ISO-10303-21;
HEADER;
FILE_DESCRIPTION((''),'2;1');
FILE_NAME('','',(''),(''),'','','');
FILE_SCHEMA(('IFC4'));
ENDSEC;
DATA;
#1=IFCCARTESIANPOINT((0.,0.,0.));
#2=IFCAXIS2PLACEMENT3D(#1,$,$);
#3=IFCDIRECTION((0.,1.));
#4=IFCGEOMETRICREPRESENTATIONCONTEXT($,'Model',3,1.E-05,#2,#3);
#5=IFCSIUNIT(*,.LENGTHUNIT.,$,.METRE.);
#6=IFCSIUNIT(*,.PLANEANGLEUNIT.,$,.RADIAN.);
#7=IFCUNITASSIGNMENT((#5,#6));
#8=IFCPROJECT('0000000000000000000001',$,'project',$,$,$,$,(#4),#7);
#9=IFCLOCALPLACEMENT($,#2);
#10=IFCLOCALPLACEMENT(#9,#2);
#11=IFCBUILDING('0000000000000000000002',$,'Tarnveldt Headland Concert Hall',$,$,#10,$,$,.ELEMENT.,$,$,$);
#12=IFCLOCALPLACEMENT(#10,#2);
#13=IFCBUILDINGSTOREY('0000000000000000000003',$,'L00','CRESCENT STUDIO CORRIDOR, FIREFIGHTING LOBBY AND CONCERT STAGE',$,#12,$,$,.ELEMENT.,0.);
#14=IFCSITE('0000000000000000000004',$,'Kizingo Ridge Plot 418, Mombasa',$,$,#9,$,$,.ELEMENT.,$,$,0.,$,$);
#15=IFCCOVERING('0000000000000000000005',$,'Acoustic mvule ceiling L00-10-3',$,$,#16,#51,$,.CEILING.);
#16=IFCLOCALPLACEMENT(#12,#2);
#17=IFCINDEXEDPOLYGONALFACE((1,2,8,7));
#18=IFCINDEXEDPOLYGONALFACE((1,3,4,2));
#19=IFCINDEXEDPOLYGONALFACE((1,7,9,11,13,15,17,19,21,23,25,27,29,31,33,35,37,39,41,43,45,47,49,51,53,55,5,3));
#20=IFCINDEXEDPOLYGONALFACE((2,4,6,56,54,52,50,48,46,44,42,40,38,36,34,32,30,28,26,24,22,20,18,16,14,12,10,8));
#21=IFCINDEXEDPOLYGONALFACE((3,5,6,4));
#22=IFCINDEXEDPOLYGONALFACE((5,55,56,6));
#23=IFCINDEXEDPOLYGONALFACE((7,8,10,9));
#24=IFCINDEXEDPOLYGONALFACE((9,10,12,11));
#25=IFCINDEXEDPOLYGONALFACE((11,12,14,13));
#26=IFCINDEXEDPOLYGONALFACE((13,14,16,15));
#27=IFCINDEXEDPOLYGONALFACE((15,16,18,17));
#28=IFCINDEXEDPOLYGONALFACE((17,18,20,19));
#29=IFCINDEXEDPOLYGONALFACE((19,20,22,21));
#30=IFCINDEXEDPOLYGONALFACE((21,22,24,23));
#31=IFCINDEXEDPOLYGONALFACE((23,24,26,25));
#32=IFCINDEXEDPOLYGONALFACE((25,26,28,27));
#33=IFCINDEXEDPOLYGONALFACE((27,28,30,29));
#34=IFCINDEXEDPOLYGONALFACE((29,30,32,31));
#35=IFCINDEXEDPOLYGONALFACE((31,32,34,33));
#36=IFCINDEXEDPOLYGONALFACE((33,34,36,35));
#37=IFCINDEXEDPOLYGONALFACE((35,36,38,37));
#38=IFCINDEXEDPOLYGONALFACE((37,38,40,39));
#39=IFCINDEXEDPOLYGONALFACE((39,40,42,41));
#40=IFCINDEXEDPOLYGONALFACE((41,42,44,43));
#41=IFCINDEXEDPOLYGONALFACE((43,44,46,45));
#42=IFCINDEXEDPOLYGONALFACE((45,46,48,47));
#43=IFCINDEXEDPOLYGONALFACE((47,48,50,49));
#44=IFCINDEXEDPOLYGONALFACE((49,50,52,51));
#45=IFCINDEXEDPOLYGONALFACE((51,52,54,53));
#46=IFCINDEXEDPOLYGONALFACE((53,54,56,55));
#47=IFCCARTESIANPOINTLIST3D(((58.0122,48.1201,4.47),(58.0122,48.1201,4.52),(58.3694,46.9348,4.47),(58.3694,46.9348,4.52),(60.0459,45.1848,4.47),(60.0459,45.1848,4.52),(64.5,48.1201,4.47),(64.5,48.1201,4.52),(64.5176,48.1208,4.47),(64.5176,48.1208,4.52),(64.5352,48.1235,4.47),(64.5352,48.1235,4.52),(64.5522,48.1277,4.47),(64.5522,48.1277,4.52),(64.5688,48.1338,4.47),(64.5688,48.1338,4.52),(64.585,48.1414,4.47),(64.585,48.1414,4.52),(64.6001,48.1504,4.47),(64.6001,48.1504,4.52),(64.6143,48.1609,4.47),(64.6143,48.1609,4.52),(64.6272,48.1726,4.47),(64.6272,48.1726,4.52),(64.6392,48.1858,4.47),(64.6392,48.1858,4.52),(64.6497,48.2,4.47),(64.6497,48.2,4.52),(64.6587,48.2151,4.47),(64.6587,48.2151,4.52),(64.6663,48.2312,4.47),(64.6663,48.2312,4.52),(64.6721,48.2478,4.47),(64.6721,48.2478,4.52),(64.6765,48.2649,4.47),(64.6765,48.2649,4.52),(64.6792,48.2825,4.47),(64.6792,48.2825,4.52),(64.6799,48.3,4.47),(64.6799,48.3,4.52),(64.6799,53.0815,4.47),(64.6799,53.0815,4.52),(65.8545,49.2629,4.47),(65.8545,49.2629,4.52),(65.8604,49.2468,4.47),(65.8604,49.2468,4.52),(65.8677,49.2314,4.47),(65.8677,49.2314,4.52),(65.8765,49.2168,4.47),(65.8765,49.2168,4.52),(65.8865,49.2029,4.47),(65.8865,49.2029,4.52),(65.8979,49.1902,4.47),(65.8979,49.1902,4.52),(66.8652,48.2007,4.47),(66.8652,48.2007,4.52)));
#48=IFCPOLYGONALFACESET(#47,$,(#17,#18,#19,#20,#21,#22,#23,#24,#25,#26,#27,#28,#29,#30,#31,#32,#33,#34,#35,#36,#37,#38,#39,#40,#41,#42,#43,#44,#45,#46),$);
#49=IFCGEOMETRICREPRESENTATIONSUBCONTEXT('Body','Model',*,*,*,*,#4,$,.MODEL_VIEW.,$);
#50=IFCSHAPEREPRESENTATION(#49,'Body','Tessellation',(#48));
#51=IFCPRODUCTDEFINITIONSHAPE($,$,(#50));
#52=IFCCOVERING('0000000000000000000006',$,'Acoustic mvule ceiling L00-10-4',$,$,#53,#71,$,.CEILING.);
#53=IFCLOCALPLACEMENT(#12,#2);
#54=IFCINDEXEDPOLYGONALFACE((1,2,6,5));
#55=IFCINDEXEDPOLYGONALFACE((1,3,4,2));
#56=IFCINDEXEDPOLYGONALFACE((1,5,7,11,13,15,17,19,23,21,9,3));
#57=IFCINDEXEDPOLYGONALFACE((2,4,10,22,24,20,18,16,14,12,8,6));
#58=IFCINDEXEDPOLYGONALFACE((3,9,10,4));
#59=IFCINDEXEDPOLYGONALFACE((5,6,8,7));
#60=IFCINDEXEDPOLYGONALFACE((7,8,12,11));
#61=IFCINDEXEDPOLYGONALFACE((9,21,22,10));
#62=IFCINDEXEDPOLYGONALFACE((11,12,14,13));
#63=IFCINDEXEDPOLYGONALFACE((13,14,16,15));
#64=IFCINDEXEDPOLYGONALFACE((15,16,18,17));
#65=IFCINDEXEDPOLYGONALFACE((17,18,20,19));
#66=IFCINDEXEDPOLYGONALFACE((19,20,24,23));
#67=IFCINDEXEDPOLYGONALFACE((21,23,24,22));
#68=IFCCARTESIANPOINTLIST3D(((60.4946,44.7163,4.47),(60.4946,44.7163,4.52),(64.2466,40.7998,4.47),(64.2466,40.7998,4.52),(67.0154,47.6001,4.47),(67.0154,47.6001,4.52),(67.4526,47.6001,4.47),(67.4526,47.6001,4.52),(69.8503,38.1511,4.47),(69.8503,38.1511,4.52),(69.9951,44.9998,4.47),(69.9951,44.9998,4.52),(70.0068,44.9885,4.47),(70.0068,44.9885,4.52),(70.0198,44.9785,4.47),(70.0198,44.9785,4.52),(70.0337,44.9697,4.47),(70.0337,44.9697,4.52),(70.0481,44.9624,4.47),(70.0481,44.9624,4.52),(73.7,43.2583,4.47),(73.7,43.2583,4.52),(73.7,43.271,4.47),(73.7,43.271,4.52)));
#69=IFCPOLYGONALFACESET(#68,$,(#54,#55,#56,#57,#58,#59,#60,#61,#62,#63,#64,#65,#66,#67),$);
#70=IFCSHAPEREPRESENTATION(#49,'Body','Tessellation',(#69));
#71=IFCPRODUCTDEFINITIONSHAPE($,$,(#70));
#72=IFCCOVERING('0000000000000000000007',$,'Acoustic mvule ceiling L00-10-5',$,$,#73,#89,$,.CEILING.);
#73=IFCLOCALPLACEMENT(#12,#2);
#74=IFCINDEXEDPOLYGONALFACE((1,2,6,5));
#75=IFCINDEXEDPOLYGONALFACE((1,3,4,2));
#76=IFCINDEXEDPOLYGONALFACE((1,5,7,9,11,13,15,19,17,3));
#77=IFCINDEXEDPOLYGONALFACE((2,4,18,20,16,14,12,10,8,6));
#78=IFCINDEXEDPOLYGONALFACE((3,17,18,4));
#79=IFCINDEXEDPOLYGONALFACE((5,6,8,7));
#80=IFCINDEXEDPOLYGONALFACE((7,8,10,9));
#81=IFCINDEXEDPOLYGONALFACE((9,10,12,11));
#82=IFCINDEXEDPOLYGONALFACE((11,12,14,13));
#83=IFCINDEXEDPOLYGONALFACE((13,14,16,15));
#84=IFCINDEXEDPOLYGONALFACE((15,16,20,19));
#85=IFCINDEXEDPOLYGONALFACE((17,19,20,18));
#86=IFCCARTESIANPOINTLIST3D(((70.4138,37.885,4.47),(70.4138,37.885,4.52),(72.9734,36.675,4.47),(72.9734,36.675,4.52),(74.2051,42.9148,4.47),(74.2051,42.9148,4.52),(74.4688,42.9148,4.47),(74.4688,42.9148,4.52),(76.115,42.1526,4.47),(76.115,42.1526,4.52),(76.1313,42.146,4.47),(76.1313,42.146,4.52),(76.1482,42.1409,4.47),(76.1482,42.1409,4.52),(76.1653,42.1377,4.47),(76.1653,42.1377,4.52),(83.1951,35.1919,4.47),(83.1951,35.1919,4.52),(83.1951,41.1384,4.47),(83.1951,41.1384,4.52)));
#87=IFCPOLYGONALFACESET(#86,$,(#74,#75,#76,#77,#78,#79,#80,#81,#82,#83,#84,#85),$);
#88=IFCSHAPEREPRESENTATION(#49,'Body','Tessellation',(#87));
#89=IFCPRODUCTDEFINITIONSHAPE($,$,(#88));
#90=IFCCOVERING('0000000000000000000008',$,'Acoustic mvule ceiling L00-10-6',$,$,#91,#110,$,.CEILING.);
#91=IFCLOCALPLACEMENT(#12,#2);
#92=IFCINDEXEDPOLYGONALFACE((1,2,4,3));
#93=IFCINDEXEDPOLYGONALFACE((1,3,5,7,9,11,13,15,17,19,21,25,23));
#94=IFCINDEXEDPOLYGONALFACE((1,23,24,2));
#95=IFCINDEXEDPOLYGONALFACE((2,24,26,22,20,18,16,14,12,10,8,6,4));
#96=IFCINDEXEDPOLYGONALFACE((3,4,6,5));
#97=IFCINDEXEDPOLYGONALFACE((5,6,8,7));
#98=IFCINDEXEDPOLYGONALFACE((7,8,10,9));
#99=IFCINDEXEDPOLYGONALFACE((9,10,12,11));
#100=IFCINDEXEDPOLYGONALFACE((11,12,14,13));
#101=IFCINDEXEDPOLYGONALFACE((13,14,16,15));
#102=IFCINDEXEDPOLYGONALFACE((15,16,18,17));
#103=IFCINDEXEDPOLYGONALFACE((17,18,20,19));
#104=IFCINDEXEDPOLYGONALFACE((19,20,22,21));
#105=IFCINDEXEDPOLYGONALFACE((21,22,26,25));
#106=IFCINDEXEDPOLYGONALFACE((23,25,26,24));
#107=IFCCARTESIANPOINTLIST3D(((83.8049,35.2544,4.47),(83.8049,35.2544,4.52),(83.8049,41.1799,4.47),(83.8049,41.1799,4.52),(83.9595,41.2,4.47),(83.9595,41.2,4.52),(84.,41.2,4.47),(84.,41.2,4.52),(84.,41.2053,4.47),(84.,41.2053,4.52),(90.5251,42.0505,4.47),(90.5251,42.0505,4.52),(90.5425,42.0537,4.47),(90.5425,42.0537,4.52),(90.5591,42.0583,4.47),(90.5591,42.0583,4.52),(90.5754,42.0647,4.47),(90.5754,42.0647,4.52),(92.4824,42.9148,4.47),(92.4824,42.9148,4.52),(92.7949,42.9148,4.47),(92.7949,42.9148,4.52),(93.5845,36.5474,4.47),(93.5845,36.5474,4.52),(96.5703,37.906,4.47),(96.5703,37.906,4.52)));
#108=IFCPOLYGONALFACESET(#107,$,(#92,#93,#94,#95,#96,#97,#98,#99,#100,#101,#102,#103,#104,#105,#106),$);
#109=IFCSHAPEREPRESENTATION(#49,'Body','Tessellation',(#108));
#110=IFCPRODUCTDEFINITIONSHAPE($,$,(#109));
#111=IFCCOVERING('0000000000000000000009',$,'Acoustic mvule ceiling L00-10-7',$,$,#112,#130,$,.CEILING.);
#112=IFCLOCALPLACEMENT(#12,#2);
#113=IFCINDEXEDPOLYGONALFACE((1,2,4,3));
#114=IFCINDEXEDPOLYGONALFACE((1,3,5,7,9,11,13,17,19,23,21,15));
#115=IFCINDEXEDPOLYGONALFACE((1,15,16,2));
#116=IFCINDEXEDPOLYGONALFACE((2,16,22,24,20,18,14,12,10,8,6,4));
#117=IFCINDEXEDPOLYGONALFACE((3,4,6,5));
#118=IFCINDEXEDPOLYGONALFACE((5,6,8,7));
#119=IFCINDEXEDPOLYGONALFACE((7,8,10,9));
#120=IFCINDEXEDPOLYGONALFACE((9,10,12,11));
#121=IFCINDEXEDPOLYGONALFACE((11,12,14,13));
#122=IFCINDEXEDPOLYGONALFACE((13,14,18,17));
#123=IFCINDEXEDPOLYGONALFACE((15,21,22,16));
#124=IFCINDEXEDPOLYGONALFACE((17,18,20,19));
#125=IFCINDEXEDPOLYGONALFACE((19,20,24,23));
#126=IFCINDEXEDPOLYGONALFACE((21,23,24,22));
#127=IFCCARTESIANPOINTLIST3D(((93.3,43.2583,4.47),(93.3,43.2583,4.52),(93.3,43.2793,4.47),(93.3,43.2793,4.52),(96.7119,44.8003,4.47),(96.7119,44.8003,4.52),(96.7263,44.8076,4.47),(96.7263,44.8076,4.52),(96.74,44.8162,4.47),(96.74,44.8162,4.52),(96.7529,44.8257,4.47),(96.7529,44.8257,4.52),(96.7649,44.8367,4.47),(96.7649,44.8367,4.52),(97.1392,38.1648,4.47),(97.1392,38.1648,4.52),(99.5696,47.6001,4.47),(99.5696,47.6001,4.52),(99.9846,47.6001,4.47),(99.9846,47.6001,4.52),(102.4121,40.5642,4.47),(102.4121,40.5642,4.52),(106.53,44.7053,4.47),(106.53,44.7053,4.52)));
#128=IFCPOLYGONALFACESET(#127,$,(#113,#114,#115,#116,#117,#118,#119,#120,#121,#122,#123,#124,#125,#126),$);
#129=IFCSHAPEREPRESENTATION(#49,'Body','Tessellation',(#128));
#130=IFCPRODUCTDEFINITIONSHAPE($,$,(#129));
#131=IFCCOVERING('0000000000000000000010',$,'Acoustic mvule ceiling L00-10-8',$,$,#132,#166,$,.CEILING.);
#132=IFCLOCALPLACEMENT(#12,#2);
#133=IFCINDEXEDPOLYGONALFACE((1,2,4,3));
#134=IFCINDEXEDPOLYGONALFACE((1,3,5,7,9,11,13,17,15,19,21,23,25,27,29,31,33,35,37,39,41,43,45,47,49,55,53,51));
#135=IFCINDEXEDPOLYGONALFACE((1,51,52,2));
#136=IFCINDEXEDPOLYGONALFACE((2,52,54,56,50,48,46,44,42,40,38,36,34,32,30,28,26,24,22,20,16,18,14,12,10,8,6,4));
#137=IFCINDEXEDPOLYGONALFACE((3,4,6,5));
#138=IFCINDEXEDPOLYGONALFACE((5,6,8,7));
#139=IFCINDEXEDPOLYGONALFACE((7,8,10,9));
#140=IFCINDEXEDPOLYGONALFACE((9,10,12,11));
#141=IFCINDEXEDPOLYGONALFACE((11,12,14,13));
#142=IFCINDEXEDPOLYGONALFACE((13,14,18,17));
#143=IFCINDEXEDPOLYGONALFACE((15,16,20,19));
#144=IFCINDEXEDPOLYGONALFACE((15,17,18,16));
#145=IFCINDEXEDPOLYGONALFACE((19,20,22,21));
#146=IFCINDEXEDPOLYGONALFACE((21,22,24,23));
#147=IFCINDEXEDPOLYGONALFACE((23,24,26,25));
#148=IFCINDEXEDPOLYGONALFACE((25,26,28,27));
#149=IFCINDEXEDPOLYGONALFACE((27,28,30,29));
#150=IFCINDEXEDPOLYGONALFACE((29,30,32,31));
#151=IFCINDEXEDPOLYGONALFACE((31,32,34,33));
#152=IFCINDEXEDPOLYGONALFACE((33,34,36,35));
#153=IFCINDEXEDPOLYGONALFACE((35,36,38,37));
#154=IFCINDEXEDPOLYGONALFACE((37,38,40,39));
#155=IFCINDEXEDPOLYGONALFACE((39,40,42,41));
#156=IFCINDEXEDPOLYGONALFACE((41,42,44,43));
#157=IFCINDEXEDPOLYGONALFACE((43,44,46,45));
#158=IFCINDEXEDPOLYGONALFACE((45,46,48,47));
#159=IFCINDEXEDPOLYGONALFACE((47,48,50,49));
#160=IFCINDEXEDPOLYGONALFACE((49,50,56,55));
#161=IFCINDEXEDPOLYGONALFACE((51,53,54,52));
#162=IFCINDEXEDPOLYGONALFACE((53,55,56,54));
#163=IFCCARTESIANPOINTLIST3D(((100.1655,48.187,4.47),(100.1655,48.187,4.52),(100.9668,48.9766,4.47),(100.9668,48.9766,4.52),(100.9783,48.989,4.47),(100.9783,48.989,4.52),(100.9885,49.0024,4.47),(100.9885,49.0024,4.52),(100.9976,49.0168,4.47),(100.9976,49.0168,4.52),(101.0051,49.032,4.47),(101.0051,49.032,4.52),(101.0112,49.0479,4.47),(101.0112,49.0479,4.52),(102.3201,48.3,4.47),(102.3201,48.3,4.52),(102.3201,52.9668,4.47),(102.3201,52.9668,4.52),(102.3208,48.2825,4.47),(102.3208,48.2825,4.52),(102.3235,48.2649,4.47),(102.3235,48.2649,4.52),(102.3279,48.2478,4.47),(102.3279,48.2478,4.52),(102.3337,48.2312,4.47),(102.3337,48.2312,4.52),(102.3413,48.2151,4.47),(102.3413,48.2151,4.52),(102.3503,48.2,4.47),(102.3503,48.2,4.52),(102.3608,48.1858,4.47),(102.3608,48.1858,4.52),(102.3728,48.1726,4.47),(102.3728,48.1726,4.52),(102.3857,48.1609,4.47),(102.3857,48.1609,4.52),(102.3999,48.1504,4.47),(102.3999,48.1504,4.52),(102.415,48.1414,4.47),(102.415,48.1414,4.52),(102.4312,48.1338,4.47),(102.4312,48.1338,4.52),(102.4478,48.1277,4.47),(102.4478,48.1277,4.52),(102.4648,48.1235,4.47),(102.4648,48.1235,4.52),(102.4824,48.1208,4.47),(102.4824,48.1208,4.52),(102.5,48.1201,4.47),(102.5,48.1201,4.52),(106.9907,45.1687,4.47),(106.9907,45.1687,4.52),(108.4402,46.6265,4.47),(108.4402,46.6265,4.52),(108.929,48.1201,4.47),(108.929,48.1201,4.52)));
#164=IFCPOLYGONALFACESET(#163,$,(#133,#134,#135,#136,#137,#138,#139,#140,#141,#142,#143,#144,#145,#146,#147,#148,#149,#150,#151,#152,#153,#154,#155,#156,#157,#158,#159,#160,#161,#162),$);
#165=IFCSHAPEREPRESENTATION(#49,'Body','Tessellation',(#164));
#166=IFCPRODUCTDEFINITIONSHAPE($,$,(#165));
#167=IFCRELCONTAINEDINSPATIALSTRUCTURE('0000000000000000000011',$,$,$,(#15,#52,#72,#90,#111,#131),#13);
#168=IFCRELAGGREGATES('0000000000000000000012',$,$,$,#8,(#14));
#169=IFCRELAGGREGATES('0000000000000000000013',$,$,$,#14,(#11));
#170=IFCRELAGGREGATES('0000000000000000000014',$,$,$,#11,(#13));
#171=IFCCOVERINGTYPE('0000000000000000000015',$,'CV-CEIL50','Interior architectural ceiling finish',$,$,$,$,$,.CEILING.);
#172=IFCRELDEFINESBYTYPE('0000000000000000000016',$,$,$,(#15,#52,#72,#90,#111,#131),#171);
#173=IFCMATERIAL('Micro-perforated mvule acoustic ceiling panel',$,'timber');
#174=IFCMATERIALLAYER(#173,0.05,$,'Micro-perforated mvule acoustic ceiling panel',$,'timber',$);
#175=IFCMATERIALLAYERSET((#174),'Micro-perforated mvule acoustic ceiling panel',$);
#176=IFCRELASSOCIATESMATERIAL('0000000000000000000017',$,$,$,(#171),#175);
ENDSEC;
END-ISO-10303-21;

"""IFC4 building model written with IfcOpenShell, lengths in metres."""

from ifc_helpers import new_model, si_unit, direction, frame, origin, place, context, subcontext, project, spatial, polyline, outline, extrude, material, layer, layer_set, type_object, element, save


model = new_model("IFC4")

# Units and contexts
model_context = context("Model", 3, precision=1e-05, world=origin(), true_north=direction((0.0, 1.0)))
body_context = subcontext(model_context, "Body", "Model", "MODEL_VIEW")
ifc_project = project(units=[si_unit("LENGTHUNIT", "METRE"), si_unit("PLANEANGLEUNIT", "RADIAN")], contexts=[model_context])

# Site, building, storey
site_placement = place(None, origin())
site = spatial("IfcSite", under=ifc_project, at=site_placement, Name="Kizingo Ridge Plot 418, Mombasa", CompositionType="ELEMENT", RefElevation=0.0)
building_placement = place(site_placement, origin())
building = spatial("IfcBuilding", under=site, at=building_placement, Name="Tarnveldt Headland Concert Hall", CompositionType="ELEMENT")
storey_placement = place(building_placement, origin())
storey = spatial("IfcBuildingStorey", under=building, at=storey_placement, Name="L00", Description="CRESCENT STUDIO CORRIDOR, FIREFIGHTING LOBBY AND CONCERT STAGE", CompositionType="ELEMENT", Elevation=0.0)

# Coverings
ifc_material_1 = material(Name="Micro-perforated mvule acoustic ceiling panel", Category="timber")
ifc_layer_1 = layer(ifc_material_1, 0.05, Name="Micro-perforated mvule acoustic ceiling panel", Category="timber")
ifc_layer_set_1 = layer_set([ifc_layer_1], Name="Micro-perforated mvule acoustic ceiling panel")
covering_type_1 = type_object("IfcCoveringType", Name="CV-CEIL50", Description="Interior architectural ceiling finish", PredefinedType="CEILING", material=ifc_layer_set_1)
covering_1_placement = place(storey_placement, frame((0.0, 0.0, 4.47)))
element("IfcCovering", 1, at=covering_1_placement, inside=storey, type_object=covering_type_1, Name="Acoustic mvule ceiling L00-10-3", PredefinedType="CEILING", context=body_context, shape_type="SweptSolid", body=[
    extrude(outline(polyline([(64.5, 48.1201), (64.5176, 48.1208), (64.5352, 48.1235), (64.5522, 48.1277), (64.5688, 48.1338), (64.585, 48.1414), (64.6001, 48.1504), (64.6143, 48.1609), (64.6272, 48.1726), (64.6392, 48.1858), (64.6497, 48.2), (64.6587, 48.2151), (64.6663, 48.2312), (64.6721, 48.2478), (64.6765, 48.2649), (64.6792, 48.2825), (64.6799, 48.3), (64.6799, 53.0815), (65.8545, 49.2629), (65.8604, 49.2468), (65.8677, 49.2314), (65.8765, 49.2168), (65.8865, 49.2029), (65.8979, 49.1902), (66.8652, 48.2007), (60.0459, 45.1848), (58.3694, 46.9348), (58.0122, 48.1201), (64.5, 48.1201)])), origin(), (0.0, 0.0, 1.0), 0.05),
])
covering_2_placement = place(storey_placement, frame((0.0, 0.0, 4.47)))
element("IfcCovering", 2, at=covering_2_placement, inside=storey, type_object=covering_type_1, Name="Acoustic mvule ceiling L00-10-4", PredefinedType="CEILING", context=body_context, shape_type="SweptSolid", body=[
    extrude(outline(polyline([(70.0481, 44.9624), (73.7, 43.271), (73.7, 43.2583), (69.8503, 38.1511), (64.2466, 40.7998), (60.4946, 44.7163), (67.0154, 47.6001), (67.4526, 47.6001), (69.9951, 44.9998), (70.0068, 44.9885), (70.0198, 44.9785), (70.0337, 44.9697), (70.0481, 44.9624)])), origin(), (0.0, 0.0, 1.0), 0.05),
])
covering_3_placement = place(storey_placement, frame((0.0, 0.0, 4.47)))
element("IfcCovering", 3, at=covering_3_placement, inside=storey, type_object=covering_type_1, Name="Acoustic mvule ceiling L00-10-5", PredefinedType="CEILING", context=body_context, shape_type="SweptSolid", body=[
    extrude(outline(polyline([(76.1653, 42.1377), (83.1951, 41.1384), (83.1951, 35.1919), (72.9734, 36.675), (70.4138, 37.885), (74.2051, 42.9148), (74.4688, 42.9148), (76.115, 42.1526), (76.1313, 42.146), (76.1482, 42.1409), (76.1653, 42.1377)])), origin(), (0.0, 0.0, 1.0), 0.05),
])
covering_4_placement = place(storey_placement, frame((0.0, 0.0, 4.47)))
element("IfcCovering", 4, at=covering_4_placement, inside=storey, type_object=covering_type_1, Name="Acoustic mvule ceiling L00-10-6", PredefinedType="CEILING", context=body_context, shape_type="SweptSolid", body=[
    extrude(outline(polyline([(90.5251, 42.0505), (90.5425, 42.0537), (90.5591, 42.0583), (90.5754, 42.0647), (92.4824, 42.9148), (92.7949, 42.9148), (96.5703, 37.906), (93.5845, 36.5474), (83.8049, 35.2544), (83.8049, 41.1799), (83.9595, 41.2), (84.0, 41.2), (84.0, 41.2053), (90.5251, 42.0505)])), origin(), (0.0, 0.0, 1.0), 0.05),
])
covering_5_placement = place(storey_placement, frame((0.0, 0.0, 4.47)))
element("IfcCovering", 5, at=covering_5_placement, inside=storey, type_object=covering_type_1, Name="Acoustic mvule ceiling L00-10-7", PredefinedType="CEILING", context=body_context, shape_type="SweptSolid", body=[
    extrude(outline(polyline([(96.7263, 44.8076), (96.74, 44.8162), (96.7529, 44.8257), (96.7649, 44.8367), (99.5696, 47.6001), (99.9846, 47.6001), (106.53, 44.7053), (102.4121, 40.5642), (97.1392, 38.1648), (93.3, 43.2583), (93.3, 43.2793), (96.7119, 44.8003), (96.7263, 44.8076)])), origin(), (0.0, 0.0, 1.0), 0.05),
])
covering_6_placement = place(storey_placement, frame((0.0, 0.0, 4.47)))
element("IfcCovering", 6, at=covering_6_placement, inside=storey, type_object=covering_type_1, Name="Acoustic mvule ceiling L00-10-8", PredefinedType="CEILING", context=body_context, shape_type="SweptSolid", body=[
    extrude(outline(polyline([(100.9783, 48.989), (100.9885, 49.0024), (100.9976, 49.0168), (101.0051, 49.032), (101.0112, 49.0479), (102.3201, 52.9668), (102.3201, 48.3), (102.3208, 48.2825), (102.3235, 48.2649), (102.3279, 48.2478), (102.3337, 48.2312), (102.3413, 48.2151), (102.3503, 48.2), (102.3608, 48.1858), (102.3728, 48.1726), (102.3857, 48.1609), (102.3999, 48.1504), (102.415, 48.1414), (102.4312, 48.1338), (102.4478, 48.1277), (102.4648, 48.1235), (102.4824, 48.1208), (102.5, 48.1201), (108.929, 48.1201), (108.4402, 46.6265), (106.9907, 45.1687), (100.1655, 48.187), (100.9668, 48.9766), (100.9783, 48.989)])), origin(), (0.0, 0.0, 1.0), 0.05),
])

save(model, "model.ifc")
